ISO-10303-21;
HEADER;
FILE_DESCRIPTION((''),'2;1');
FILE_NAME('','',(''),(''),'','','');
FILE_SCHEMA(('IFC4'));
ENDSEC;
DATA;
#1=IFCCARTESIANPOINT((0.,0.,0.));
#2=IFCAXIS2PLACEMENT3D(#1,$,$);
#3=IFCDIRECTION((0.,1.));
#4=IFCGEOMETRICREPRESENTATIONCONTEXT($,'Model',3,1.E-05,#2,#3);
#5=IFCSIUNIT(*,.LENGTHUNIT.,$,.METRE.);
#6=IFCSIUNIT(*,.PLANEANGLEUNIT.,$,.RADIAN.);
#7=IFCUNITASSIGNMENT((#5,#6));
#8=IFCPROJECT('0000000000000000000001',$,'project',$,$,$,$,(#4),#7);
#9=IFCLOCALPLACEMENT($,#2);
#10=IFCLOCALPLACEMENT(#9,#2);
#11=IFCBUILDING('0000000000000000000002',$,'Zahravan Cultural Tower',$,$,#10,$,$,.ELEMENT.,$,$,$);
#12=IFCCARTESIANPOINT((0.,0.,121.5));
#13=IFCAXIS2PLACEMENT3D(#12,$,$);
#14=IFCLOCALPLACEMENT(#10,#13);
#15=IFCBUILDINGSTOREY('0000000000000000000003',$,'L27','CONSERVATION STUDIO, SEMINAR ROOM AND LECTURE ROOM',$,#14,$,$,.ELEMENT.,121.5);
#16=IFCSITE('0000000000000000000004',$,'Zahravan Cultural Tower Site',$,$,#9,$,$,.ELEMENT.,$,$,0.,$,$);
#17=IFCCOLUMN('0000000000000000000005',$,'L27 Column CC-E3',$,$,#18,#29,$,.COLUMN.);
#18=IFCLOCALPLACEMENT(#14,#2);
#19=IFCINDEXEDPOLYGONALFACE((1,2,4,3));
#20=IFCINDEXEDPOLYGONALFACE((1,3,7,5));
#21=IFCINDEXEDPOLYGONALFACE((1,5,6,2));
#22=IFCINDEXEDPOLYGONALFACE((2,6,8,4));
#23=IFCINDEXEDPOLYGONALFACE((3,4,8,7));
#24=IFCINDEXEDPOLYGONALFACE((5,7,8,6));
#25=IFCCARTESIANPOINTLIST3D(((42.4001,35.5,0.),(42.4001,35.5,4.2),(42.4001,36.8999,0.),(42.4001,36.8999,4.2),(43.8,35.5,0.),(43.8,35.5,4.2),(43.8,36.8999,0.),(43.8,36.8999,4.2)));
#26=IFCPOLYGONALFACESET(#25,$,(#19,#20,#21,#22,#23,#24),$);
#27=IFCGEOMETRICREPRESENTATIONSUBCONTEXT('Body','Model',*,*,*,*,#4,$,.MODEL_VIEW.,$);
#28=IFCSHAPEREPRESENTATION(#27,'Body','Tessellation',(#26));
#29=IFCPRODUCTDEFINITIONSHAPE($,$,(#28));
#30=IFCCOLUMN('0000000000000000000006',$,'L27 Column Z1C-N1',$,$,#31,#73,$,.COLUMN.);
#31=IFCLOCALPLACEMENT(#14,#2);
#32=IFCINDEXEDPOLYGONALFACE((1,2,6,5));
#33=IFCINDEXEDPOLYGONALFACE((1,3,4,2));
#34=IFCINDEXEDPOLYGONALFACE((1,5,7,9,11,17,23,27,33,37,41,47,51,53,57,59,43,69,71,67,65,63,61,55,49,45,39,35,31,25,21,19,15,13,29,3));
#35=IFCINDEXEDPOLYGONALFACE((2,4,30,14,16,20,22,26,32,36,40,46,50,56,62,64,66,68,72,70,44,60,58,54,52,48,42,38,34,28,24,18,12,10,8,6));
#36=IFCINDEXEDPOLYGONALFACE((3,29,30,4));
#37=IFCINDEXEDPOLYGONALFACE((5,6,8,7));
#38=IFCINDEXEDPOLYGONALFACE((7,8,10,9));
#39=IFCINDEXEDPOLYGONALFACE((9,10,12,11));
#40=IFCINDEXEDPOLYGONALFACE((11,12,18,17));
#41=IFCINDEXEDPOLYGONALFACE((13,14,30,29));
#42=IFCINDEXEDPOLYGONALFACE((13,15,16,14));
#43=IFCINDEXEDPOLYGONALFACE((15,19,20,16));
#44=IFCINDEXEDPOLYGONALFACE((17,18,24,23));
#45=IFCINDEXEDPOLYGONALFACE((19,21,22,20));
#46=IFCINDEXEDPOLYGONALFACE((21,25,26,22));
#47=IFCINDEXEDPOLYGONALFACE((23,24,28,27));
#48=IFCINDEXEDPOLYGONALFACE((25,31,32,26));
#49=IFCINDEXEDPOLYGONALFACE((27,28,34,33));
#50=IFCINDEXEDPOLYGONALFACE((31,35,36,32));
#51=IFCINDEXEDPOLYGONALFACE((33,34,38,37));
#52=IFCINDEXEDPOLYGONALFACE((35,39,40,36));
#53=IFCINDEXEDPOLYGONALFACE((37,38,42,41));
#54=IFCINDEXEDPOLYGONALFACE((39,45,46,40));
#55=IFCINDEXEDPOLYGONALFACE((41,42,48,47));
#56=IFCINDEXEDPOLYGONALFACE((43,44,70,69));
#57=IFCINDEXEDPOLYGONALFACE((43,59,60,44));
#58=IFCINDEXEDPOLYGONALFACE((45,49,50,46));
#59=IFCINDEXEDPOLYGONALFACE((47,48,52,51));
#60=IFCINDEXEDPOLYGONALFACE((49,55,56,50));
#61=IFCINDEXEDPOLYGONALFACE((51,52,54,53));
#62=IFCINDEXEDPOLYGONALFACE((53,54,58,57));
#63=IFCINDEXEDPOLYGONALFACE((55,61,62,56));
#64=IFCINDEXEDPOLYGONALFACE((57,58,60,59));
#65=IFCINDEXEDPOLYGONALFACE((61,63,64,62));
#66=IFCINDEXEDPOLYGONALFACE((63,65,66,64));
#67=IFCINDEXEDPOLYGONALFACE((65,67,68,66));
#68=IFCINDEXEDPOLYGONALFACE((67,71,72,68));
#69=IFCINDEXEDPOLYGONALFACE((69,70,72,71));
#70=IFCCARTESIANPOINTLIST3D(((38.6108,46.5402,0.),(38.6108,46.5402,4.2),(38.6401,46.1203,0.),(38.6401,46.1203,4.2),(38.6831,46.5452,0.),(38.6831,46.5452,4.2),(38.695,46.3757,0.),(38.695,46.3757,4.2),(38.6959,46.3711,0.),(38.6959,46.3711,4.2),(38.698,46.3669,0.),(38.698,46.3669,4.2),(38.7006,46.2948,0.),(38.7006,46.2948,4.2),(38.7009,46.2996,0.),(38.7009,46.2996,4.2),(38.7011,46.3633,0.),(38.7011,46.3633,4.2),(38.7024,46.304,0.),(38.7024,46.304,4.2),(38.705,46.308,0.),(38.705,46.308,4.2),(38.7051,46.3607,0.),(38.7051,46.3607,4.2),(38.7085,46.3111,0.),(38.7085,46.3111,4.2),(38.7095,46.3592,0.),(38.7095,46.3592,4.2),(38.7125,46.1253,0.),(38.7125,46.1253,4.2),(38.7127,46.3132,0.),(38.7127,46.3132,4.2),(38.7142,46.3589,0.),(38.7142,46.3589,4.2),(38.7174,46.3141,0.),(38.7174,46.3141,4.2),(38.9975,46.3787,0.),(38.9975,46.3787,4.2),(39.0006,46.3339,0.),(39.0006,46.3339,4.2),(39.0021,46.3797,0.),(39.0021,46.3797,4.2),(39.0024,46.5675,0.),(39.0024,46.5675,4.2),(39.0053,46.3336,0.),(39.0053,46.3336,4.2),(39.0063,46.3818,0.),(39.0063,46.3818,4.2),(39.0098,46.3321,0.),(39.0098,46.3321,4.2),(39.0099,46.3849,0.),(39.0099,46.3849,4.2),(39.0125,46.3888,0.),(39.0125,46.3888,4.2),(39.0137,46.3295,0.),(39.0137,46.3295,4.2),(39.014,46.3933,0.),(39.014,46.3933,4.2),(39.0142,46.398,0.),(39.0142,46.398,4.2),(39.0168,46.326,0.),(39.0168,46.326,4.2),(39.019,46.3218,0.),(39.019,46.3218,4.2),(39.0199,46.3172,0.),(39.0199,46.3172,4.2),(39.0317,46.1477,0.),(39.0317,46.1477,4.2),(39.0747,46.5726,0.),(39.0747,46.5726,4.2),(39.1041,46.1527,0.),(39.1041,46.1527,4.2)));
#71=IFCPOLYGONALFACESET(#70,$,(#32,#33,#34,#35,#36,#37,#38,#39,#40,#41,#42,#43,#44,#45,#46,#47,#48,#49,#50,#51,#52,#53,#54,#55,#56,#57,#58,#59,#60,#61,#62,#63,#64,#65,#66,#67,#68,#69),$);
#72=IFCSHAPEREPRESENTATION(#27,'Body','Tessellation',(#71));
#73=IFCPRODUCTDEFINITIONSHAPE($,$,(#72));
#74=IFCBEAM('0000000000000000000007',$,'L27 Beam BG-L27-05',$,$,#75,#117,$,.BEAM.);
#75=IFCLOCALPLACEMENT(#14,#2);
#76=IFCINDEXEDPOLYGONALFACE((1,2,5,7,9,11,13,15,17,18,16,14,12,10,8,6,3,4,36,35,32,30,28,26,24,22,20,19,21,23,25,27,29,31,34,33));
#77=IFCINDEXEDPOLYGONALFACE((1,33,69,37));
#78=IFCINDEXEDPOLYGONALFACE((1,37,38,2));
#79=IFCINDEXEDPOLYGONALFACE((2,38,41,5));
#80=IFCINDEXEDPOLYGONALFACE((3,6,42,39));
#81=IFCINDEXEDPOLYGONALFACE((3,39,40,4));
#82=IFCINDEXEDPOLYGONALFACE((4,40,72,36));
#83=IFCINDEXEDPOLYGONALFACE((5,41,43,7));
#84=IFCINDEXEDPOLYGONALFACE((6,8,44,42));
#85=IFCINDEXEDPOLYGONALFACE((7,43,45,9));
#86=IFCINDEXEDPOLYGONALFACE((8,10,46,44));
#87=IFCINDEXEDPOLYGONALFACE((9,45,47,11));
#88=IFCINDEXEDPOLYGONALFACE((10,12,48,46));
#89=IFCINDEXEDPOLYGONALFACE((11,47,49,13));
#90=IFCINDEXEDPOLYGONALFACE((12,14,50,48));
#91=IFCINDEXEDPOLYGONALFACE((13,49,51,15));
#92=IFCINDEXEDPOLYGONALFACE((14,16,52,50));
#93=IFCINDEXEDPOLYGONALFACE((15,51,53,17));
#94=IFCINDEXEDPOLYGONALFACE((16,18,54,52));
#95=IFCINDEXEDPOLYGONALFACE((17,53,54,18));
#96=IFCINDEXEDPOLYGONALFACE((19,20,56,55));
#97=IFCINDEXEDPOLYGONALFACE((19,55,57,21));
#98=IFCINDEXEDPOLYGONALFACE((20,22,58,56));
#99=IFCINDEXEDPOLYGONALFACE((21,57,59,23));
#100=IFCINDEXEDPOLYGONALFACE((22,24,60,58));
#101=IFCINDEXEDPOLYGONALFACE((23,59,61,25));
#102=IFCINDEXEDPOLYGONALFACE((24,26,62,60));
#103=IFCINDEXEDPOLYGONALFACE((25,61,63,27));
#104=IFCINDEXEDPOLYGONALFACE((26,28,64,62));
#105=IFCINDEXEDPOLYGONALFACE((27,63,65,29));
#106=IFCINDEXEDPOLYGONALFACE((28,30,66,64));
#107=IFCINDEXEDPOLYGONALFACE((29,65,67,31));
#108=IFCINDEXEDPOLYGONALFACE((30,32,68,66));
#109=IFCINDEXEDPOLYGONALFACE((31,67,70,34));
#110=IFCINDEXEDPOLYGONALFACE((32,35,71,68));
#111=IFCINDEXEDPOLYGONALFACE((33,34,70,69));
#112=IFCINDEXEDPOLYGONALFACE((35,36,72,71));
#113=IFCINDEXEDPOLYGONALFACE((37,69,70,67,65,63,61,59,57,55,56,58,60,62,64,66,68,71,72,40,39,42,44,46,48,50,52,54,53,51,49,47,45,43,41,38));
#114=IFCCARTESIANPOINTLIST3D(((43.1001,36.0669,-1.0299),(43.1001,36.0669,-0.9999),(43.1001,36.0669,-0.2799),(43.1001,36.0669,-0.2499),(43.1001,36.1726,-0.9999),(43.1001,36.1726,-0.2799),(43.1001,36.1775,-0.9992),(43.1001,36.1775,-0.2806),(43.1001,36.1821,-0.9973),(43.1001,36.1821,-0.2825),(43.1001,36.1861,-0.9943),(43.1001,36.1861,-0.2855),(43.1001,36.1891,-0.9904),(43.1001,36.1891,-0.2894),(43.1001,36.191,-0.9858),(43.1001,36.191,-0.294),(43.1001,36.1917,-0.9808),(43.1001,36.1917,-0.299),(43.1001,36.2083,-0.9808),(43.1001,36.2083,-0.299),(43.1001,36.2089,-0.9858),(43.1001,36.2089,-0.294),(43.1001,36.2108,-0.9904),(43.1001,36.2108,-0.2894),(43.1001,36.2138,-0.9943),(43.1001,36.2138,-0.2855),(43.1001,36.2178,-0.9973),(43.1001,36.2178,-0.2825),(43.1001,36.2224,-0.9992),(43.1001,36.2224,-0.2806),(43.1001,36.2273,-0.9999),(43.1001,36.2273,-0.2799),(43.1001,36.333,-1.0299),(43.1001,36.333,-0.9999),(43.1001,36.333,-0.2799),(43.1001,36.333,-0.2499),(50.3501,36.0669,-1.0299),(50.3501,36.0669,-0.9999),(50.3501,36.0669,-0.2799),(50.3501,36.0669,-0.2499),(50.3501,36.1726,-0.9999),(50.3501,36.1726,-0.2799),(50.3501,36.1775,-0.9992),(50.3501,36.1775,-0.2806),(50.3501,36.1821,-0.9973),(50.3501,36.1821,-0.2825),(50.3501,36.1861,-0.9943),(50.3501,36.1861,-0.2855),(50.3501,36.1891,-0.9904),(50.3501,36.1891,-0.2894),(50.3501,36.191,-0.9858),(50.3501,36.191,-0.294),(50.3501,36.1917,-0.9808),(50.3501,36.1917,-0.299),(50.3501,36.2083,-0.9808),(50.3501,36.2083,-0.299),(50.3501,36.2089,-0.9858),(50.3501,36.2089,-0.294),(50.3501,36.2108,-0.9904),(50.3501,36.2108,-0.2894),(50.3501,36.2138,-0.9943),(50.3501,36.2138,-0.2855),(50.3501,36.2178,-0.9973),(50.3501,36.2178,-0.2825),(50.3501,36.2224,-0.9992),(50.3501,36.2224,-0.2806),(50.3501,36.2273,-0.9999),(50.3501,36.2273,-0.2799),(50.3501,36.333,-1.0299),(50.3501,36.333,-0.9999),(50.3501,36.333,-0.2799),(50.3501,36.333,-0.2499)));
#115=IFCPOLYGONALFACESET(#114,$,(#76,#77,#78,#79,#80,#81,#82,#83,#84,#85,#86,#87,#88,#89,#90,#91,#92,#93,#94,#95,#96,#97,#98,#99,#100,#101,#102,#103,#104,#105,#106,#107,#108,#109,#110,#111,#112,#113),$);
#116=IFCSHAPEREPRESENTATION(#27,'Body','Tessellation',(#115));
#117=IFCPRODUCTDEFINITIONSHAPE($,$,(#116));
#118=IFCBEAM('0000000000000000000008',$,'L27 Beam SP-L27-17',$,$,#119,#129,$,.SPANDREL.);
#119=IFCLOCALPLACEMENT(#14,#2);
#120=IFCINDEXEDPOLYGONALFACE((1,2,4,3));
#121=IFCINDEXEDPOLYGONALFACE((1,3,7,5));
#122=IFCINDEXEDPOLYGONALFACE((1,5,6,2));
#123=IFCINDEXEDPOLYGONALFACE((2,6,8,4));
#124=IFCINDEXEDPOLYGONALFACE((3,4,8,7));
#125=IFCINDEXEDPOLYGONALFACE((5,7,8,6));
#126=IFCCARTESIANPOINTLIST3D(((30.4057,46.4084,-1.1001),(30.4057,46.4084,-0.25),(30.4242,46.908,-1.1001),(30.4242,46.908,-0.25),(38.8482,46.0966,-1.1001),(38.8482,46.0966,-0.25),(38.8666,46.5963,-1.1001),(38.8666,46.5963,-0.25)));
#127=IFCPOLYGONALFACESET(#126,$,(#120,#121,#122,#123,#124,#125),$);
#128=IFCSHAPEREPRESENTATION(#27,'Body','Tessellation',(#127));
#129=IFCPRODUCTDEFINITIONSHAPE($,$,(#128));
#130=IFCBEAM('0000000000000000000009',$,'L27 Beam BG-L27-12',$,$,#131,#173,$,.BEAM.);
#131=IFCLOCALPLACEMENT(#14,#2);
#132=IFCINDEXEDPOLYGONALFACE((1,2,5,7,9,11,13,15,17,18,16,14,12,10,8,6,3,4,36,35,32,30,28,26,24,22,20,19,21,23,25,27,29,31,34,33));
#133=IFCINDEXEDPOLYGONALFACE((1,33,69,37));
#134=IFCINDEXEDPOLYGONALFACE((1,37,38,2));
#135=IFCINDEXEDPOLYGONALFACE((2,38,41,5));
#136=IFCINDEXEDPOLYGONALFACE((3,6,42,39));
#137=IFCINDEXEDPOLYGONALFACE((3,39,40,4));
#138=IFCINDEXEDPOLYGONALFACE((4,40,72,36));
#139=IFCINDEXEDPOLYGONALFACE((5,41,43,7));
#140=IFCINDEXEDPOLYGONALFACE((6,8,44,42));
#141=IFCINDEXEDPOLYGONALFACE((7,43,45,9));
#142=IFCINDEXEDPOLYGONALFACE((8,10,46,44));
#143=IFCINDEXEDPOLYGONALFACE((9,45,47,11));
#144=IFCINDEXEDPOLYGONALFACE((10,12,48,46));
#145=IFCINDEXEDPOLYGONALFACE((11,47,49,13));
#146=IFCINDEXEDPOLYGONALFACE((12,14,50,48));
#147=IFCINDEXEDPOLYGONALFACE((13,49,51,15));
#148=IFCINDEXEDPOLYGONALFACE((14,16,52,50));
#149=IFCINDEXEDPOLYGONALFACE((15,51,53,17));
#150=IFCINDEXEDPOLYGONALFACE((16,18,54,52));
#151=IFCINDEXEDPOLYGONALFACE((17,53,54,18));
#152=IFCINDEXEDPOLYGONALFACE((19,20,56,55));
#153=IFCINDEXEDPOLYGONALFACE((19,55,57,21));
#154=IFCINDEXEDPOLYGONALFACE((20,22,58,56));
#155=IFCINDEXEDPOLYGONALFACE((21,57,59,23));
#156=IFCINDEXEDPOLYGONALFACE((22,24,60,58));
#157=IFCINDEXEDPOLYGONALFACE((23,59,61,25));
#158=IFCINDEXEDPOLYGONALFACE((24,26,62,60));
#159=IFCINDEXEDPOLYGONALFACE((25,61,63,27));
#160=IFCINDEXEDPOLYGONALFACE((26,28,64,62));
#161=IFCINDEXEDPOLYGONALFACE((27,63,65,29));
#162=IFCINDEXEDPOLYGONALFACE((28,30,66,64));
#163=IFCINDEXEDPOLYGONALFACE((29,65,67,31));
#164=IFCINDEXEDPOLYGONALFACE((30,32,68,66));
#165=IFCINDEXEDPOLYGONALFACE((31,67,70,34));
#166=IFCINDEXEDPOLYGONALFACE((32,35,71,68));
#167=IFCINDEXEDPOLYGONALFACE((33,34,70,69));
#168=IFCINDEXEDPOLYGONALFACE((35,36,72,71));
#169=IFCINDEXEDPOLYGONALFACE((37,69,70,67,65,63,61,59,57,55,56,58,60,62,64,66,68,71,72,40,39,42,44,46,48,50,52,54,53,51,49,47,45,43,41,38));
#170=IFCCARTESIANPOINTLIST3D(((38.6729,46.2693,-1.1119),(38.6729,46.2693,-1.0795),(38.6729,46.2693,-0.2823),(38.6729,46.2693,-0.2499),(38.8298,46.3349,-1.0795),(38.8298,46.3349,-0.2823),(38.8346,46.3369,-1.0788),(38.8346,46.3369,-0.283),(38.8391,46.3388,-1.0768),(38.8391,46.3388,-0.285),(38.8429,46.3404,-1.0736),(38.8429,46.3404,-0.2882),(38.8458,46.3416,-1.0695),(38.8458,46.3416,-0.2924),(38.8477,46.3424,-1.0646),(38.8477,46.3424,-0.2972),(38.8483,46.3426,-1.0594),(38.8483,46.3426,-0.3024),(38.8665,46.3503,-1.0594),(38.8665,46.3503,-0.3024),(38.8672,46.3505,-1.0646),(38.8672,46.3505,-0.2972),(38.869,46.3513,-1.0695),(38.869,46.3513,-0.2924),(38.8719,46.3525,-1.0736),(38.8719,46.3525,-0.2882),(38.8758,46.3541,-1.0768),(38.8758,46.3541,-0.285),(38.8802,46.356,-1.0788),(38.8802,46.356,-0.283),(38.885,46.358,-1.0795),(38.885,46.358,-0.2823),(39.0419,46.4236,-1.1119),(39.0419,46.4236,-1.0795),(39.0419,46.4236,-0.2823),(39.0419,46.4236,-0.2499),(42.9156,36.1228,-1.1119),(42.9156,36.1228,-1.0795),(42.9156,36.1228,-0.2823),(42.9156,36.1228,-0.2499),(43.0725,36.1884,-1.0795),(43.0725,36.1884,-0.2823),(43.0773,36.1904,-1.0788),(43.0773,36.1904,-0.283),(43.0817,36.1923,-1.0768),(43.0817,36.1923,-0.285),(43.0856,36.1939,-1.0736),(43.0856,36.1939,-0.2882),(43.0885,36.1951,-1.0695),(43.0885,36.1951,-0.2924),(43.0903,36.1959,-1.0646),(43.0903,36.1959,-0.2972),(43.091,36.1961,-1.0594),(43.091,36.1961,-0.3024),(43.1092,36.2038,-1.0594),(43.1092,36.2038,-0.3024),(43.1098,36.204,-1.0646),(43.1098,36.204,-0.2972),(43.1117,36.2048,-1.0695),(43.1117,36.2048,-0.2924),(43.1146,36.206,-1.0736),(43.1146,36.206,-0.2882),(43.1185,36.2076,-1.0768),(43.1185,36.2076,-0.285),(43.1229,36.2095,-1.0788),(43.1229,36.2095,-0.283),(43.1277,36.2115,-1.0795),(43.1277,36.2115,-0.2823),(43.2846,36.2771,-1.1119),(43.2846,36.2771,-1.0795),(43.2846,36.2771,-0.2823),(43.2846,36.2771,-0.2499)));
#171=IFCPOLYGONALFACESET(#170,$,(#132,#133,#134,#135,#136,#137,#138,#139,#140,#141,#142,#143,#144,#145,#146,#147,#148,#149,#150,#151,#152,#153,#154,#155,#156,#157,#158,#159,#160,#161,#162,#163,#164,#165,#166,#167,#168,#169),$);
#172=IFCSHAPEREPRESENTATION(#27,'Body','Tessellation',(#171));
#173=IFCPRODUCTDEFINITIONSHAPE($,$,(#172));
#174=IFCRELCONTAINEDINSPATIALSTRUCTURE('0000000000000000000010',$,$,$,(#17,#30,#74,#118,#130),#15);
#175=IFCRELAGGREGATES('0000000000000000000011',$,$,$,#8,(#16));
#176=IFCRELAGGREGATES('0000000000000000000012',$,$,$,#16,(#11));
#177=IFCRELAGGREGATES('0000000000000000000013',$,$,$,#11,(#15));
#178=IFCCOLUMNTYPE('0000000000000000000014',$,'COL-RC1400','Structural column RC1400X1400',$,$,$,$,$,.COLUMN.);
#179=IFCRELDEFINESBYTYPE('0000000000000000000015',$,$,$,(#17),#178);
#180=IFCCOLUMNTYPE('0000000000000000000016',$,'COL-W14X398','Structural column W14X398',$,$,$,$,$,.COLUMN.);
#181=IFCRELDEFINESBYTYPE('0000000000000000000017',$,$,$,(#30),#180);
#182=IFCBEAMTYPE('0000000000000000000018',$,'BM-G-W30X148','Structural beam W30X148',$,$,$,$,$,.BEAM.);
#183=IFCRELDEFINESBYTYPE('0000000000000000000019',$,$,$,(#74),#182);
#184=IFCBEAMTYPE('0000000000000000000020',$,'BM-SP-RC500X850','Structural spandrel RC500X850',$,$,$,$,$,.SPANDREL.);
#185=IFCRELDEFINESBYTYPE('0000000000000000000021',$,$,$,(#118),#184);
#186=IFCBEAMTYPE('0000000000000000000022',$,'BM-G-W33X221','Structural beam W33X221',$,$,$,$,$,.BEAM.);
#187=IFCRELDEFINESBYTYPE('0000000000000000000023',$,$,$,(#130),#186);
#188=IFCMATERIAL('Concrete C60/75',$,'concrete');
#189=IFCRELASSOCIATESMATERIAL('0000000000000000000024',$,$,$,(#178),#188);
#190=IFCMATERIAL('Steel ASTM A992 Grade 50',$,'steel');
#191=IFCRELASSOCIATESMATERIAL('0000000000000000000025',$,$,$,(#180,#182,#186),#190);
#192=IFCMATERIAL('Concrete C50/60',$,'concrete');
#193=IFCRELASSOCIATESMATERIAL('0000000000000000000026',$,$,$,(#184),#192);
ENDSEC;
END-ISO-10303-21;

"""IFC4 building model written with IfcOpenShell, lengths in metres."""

from ifc_helpers import new_model, si_unit, direction, frame, origin, origin_2d, place, context, subcontext, project, spatial, rectangle, i_section, extrude, source, transform, mapped, material, material_profile, profile_set, type_object, element, save


model = new_model("IFC4")

# Units and contexts
model_context = context("Model", 3, precision=1e-05, world=origin(), true_north=direction((0.0, 1.0)))
body_context = subcontext(model_context, "Body", "Model", "MODEL_VIEW")
ifc_project = project(units=[si_unit("LENGTHUNIT", "METRE"), si_unit("PLANEANGLEUNIT", "RADIAN")], contexts=[model_context])

# Site, building, storey
site_placement = place(None, origin())
site = spatial("IfcSite", under=ifc_project, at=site_placement, Name="Zahravan Cultural Tower Site", CompositionType="ELEMENT", RefElevation=0.0)
building_placement = place(site_placement, origin())
building = spatial("IfcBuilding", under=site, at=building_placement, Name="Zahravan Cultural Tower", CompositionType="ELEMENT")
storey_placement = place(building_placement, frame((0.0, 0.0, 121.5)))
storey = spatial("IfcBuildingStorey", under=building, at=storey_placement, Name="L27", Description="CONSERVATION STUDIO, SEMINAR ROOM AND LECTURE ROOM", CompositionType="ELEMENT", Elevation=121.5)

# Columns
ifc_material_1 = material(Name="Concrete C60/75", Category="concrete")
ifc_material_profile_1 = material_profile(ifc_material_1, rectangle(XDim=1.3999, YDim=1.3999, at=origin_2d()), Name="RC1400X1400")
ifc_profile_set_1 = profile_set([ifc_material_profile_1], Name="Concrete C60/75")
column_type_1 = type_object("IfcColumnType", Name="COL-RC1400", Description="Structural column RC1400X1400", PredefinedType="COLUMN", material=ifc_profile_set_1)
shared_shape_1 = source(origin(), body_context, "Body", "SweptSolid", [
    extrude(rectangle(XDim=1.3999, YDim=1.3999, at=origin_2d()), origin(), (0.0, 0.0, 1.0), 4.2),
])
column_1_placement = place(storey_placement, frame((43.1001, 36.2, 0.0), z_axis=(0.0, 0.0, 1.0), x_axis=(1.0, 0.0, 0.0)))
element("IfcColumn", 1, at=column_1_placement, inside=storey, type_object=column_type_1, Name="L27 Column CC-E3", PredefinedType="COLUMN", context=body_context, shape_type="MappedRepresentation", body=[
    mapped(shared_shape_1, transform((0.0, 0.0, 0.0), x_axis=(1.0, 0.0, 0.0), y_axis=(0.0, 1.0, 0.0), z_axis=(0.0, 0.0, 1.0), scale=1.0)),
])
ifc_material_2 = material(Name="Steel ASTM A992 Grade 50", Category="steel")
ifc_material_profile_2 = material_profile(ifc_material_2, i_section(OverallWidth=0.4209, OverallDepth=0.4651, WebThickness=0.0449, FlangeThickness=0.0725, FilletRadius=0.0181, at=origin_2d()), Name="W14X398")
ifc_profile_set_2 = profile_set([ifc_material_profile_2], Name="Steel ASTM A992 Grade 50")
column_type_2 = type_object("IfcColumnType", Name="COL-W14X398", Description="Structural column W14X398", PredefinedType="COLUMN", material=ifc_profile_set_2)
shared_shape_2 = source(origin(), body_context, "Body", "SweptSolid", [
    extrude(i_section(OverallWidth=0.4209, OverallDepth=0.4651, WebThickness=0.0449, FlangeThickness=0.0725, FilletRadius=0.0181, at=origin_2d()), origin(), (0.0, 0.0, 1.0), 4.2),
])
column_2_placement = place(storey_placement, frame((38.8574, 46.3464, 0.0), z_axis=(0.0, 0.0, 1.0), x_axis=(-0.069756, 0.997564, 0.0)))
element("IfcColumn", 2, at=column_2_placement, inside=storey, type_object=column_type_2, Name="L27 Column Z1C-N1", PredefinedType="COLUMN", context=body_context, shape_type="MappedRepresentation", body=[
    mapped(shared_shape_2, transform((0.0, 0.0, 0.0), x_axis=(1.0, 0.0, 0.0), y_axis=(0.0, 1.0, 0.0), z_axis=(0.0, 0.0, 1.0), scale=1.0)),
])

# Beams
ifc_material_profile_3 = material_profile(ifc_material_2, i_section(OverallWidth=0.2661, OverallDepth=0.78, WebThickness=0.0166, FlangeThickness=0.03, FilletRadius=0.019, at=origin_2d()), Name="W30X148")
ifc_profile_set_3 = profile_set([ifc_material_profile_3], Name="Steel ASTM A992 Grade 50")
beam_type_1 = type_object("IfcBeamType", Name="BM-G-W30X148", Description="Structural beam W30X148", PredefinedType="BEAM", material=ifc_profile_set_3)
shared_shape_3 = source(origin(), body_context, "Body", "SweptSolid", [
    extrude(i_section(OverallWidth=0.2661, OverallDepth=0.78, WebThickness=0.0166, FlangeThickness=0.03, FilletRadius=0.019, at=origin_2d()), origin(), (0.0, 0.0, 1.0), 7.25),
])
beam_1_placement = place(storey_placement, frame((43.1001, 36.2, -0.6399), z_axis=(1.0, 0.0, 0.0), x_axis=(0.0, 1.0, 0.0)))
element("IfcBeam", 3, at=beam_1_placement, inside=storey, type_object=beam_type_1, Name="L27 Beam BG-L27-05", PredefinedType="BEAM", context=body_context, shape_type="MappedRepresentation", body=[
    mapped(shared_shape_3, transform((0.0, 0.0, 0.0), x_axis=(1.0, 0.0, 0.0), y_axis=(0.0, 1.0, 0.0), z_axis=(0.0, 0.0, 1.0), scale=1.0)),
])
ifc_material_3 = material(Name="Concrete C50/60", Category="concrete")
ifc_material_profile_4 = material_profile(ifc_material_3, rectangle(XDim=0.5, YDim=0.8501, at=origin_2d()), Name="RC500X850")
ifc_profile_set_4 = profile_set([ifc_material_profile_4], Name="Concrete C50/60")
beam_type_2 = type_object("IfcBeamType", Name="BM-SP-RC500X850", Description="Structural spandrel RC500X850", PredefinedType="SPANDREL", material=ifc_profile_set_4)
shared_shape_4 = source(origin(), body_context, "Body", "SweptSolid", [
    extrude(rectangle(XDim=0.5, YDim=0.8501, at=origin_2d()), origin(), (0.0, 0.0, 1.0), 8.4482),
])
beam_2_placement = place(storey_placement, frame((38.8574, 46.3464, -0.675), z_axis=(-0.999319, 0.036904, 0.0), x_axis=(-0.036904, -0.999319, 0.0)))
element("IfcBeam", 4, at=beam_2_placement, inside=storey, type_object=beam_type_2, Name="L27 Beam SP-L27-17", PredefinedType="SPANDREL", context=body_context, shape_type="MappedRepresentation", body=[
    mapped(shared_shape_4, transform((0.0, 0.0, 0.0), x_axis=(1.0, 0.0, 0.0), y_axis=(0.0, 1.0, 0.0), z_axis=(0.0, 0.0, 1.0), scale=1.0)),
])
ifc_material_profile_5 = material_profile(ifc_material_2, i_section(OverallWidth=0.3999, OverallDepth=0.8621, WebThickness=0.0198, FlangeThickness=0.0325, FilletRadius=0.02, at=origin_2d()), Name="W33X221")
ifc_profile_set_5 = profile_set([ifc_material_profile_5], Name="Steel ASTM A992 Grade 50")
beam_type_3 = type_object("IfcBeamType", Name="BM-G-W33X221", Description="Structural beam W33X221", PredefinedType="BEAM", material=ifc_profile_set_5)
shared_shape_5 = source(origin(), body_context, "Body", "SweptSolid", [
    extrude(i_section(OverallWidth=0.3999, OverallDepth=0.8621, WebThickness=0.0198, FlangeThickness=0.0325, FilletRadius=0.02, at=origin_2d()), origin(), (0.0, 0.0, 1.0), 10.9978),
])
beam_3_placement = place(storey_placement, frame((43.1001, 36.2, -0.6809), z_axis=(-0.385775, 0.922593, 0.0), x_axis=(-0.922593, -0.385775, 0.0)))
element("IfcBeam", 5, at=beam_3_placement, inside=storey, type_object=beam_type_3, Name="L27 Beam BG-L27-12", PredefinedType="BEAM", context=body_context, shape_type="MappedRepresentation", body=[
    mapped(shared_shape_5, transform((0.0, 0.0, 0.0), x_axis=(1.0, 0.0, 0.0), y_axis=(0.0, 1.0, 0.0), z_axis=(0.0, 0.0, 1.0), scale=1.0)),
])

save(model, "model.ifc")
